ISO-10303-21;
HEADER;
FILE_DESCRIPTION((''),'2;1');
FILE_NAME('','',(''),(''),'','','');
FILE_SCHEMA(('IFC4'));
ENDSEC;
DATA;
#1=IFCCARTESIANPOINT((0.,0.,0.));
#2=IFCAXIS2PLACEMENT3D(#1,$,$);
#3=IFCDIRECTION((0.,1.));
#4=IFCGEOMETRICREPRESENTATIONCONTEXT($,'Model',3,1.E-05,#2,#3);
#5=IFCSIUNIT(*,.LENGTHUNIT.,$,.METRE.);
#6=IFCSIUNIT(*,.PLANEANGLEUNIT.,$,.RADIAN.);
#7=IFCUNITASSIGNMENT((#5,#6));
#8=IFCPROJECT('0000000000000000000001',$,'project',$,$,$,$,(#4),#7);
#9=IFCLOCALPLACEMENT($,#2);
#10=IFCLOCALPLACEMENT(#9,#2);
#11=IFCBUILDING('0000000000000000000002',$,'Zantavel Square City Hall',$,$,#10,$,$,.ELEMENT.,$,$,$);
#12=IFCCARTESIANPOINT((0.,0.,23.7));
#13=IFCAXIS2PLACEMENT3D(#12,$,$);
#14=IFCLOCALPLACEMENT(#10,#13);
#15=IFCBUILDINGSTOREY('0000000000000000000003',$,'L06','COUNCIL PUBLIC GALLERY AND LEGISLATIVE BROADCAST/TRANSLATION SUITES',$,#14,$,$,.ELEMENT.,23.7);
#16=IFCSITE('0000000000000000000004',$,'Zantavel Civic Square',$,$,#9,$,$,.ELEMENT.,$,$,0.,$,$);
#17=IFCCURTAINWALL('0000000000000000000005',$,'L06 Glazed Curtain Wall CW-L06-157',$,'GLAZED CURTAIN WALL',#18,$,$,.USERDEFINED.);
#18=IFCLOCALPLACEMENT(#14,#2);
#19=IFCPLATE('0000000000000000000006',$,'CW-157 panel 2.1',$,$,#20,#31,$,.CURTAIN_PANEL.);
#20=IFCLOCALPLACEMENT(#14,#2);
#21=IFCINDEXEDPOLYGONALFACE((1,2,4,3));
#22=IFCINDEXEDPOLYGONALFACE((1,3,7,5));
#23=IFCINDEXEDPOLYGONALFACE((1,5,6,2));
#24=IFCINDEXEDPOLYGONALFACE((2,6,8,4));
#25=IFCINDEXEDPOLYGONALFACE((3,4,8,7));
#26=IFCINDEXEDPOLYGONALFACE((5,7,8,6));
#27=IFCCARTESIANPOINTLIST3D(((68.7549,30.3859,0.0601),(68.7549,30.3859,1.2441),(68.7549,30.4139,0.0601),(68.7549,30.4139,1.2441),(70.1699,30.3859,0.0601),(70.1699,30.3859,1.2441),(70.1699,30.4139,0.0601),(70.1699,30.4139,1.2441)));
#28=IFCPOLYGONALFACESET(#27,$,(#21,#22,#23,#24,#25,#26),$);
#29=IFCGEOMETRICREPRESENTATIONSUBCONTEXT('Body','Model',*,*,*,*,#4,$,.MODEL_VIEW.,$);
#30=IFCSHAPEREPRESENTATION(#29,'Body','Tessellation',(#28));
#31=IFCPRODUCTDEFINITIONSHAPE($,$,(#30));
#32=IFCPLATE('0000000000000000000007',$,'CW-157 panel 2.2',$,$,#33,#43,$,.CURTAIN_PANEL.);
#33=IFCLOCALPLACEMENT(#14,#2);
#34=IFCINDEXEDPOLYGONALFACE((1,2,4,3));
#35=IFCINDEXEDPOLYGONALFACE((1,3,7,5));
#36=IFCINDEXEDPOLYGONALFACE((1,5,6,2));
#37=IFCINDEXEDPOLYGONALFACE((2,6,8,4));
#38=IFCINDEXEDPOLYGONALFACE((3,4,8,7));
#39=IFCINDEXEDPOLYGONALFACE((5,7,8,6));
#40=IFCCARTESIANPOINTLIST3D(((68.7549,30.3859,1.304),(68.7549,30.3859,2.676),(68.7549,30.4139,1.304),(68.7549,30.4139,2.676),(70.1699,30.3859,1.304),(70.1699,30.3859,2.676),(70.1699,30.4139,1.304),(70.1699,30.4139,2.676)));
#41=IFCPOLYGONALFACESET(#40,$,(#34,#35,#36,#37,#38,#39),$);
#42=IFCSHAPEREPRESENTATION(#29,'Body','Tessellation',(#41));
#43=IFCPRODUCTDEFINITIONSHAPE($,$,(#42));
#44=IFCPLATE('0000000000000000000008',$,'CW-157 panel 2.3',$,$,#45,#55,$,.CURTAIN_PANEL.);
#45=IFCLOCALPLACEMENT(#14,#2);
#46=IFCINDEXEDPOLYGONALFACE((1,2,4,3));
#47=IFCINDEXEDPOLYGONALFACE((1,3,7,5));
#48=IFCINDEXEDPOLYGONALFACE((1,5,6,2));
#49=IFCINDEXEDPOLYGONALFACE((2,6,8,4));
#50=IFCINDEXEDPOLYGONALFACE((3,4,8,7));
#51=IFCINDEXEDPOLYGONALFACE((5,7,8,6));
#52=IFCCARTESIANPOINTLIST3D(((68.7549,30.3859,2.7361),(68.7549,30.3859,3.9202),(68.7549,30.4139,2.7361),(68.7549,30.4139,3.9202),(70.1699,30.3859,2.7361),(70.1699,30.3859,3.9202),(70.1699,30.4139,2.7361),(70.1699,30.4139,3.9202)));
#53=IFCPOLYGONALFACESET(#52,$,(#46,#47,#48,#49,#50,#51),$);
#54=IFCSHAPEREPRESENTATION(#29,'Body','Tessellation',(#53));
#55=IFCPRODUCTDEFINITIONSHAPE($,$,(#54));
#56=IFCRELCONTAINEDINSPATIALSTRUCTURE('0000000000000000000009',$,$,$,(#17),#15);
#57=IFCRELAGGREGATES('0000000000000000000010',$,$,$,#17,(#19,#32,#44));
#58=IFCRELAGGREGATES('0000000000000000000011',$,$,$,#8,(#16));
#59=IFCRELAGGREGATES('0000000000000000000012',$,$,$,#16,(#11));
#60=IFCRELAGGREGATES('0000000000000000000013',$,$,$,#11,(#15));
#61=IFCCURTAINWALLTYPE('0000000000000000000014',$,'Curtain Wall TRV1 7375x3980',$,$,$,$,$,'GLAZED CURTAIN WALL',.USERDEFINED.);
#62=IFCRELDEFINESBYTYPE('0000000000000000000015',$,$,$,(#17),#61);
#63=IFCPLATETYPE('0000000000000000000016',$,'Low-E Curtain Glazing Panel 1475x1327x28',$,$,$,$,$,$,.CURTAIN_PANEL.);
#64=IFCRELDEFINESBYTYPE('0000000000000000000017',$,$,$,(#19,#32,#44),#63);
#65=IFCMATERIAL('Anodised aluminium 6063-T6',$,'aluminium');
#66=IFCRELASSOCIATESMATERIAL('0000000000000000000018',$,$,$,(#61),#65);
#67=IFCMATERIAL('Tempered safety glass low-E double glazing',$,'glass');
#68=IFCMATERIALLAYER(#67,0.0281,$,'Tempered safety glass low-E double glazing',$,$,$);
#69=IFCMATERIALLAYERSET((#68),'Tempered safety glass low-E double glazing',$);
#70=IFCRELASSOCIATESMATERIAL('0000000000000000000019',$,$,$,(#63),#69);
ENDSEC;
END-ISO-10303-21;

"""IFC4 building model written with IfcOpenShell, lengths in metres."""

from ifc_helpers import new_model, si_unit, direction, frame, origin, origin_2d, place, context, subcontext, project, spatial, rectangle, extrude, material, layer, layer_set, type_object, element, aggregate, save


model = new_model("IFC4")

# Units and contexts
model_context = context("Model", 3, precision=1e-05, world=origin(), true_north=direction((0.0, 1.0)))
body_context = subcontext(model_context, "Body", "Model", "MODEL_VIEW")
ifc_project = project(units=[si_unit("LENGTHUNIT", "METRE"), si_unit("PLANEANGLEUNIT", "RADIAN")], contexts=[model_context])

# Site, building, storey
site_placement = place(None, origin())
site = spatial("IfcSite", under=ifc_project, at=site_placement, Name="Zantavel Civic Square", CompositionType="ELEMENT", RefElevation=0.0)
building_placement = place(site_placement, origin())
building = spatial("IfcBuilding", under=site, at=building_placement, Name="Zantavel Square City Hall", CompositionType="ELEMENT")
storey_placement = place(building_placement, frame((0.0, 0.0, 23.7)))
storey = spatial("IfcBuildingStorey", under=building, at=storey_placement, Name="L06", Description="COUNCIL PUBLIC GALLERY AND LEGISLATIVE BROADCAST/TRANSLATION SUITES", CompositionType="ELEMENT", Elevation=23.7)

# Shared definitions
ifc_material_1 = material(Name="Anodised aluminium 6063-T6", Category="aluminium")
curtain_wall_type = type_object("IfcCurtainWallType", Name="Curtain Wall TRV1 7375x3980", ElementType="GLAZED CURTAIN WALL", PredefinedType="USERDEFINED", material=ifc_material_1)

# Curtain wall
curtain_wall_1_placement = place(storey_placement, origin())
curtain_wall_1 = element("IfcCurtainWall", 1, at=curtain_wall_1_placement, inside=storey, type_object=curtain_wall_type, Name="L06 Glazed Curtain Wall CW-L06-157", ObjectType="GLAZED CURTAIN WALL", PredefinedType="USERDEFINED")

# Plates
ifc_material_2 = material(Name="Tempered safety glass low-E double glazing", Category="glass")
ifc_layer = layer(ifc_material_2, 0.0281, Name="Tempered safety glass low-E double glazing")
ifc_layer_set = layer_set([ifc_layer], Name="Tempered safety glass low-E double glazing")
plate_type = type_object("IfcPlateType", Name="Low-E Curtain Glazing Panel 1475x1327x28", PredefinedType="CURTAIN_PANEL", material=ifc_layer_set)
plate_1_placement = place(storey_placement, frame((69.4624, 30.3999, 0.0601), z_axis=(0.0, 0.0, 1.0), x_axis=(-1.0, 0.0, 0.0)))
plate_1 = element("IfcPlate", 2, at=plate_1_placement, type_object=plate_type, Name="CW-157 panel 2.1", PredefinedType="CURTAIN_PANEL", context=body_context, shape_type="SweptSolid", body=[
    extrude(rectangle(XDim=1.415, YDim=0.0281, at=origin_2d()), origin(), (0.0, 0.0, 1.0), 1.1841),
])
plate_2_placement = place(storey_placement, frame((69.4624, 30.3999, 1.304), z_axis=(0.0, 0.0, 1.0), x_axis=(-1.0, 0.0, 0.0)))
plate_2 = element("IfcPlate", 3, at=plate_2_placement, type_object=plate_type, Name="CW-157 panel 2.2", PredefinedType="CURTAIN_PANEL", context=body_context, shape_type="SweptSolid", body=[
    extrude(rectangle(XDim=1.415, YDim=0.0281, at=origin_2d()), origin(), (0.0, 0.0, 1.0), 1.3721),
])
plate_3_placement = place(storey_placement, frame((69.4624, 30.3999, 2.7361), z_axis=(0.0, 0.0, 1.0), x_axis=(-1.0, 0.0, 0.0)))
plate_3 = element("IfcPlate", 4, at=plate_3_placement, type_object=plate_type, Name="CW-157 panel 2.3", PredefinedType="CURTAIN_PANEL", context=body_context, shape_type="SweptSolid", body=[
    extrude(rectangle(XDim=1.415, YDim=0.0281, at=origin_2d()), origin(), (0.0, 0.0, 1.0), 1.1841),
])
aggregate(curtain_wall_1, [plate_1, plate_2, plate_3])

save(model, "model.ifc")
